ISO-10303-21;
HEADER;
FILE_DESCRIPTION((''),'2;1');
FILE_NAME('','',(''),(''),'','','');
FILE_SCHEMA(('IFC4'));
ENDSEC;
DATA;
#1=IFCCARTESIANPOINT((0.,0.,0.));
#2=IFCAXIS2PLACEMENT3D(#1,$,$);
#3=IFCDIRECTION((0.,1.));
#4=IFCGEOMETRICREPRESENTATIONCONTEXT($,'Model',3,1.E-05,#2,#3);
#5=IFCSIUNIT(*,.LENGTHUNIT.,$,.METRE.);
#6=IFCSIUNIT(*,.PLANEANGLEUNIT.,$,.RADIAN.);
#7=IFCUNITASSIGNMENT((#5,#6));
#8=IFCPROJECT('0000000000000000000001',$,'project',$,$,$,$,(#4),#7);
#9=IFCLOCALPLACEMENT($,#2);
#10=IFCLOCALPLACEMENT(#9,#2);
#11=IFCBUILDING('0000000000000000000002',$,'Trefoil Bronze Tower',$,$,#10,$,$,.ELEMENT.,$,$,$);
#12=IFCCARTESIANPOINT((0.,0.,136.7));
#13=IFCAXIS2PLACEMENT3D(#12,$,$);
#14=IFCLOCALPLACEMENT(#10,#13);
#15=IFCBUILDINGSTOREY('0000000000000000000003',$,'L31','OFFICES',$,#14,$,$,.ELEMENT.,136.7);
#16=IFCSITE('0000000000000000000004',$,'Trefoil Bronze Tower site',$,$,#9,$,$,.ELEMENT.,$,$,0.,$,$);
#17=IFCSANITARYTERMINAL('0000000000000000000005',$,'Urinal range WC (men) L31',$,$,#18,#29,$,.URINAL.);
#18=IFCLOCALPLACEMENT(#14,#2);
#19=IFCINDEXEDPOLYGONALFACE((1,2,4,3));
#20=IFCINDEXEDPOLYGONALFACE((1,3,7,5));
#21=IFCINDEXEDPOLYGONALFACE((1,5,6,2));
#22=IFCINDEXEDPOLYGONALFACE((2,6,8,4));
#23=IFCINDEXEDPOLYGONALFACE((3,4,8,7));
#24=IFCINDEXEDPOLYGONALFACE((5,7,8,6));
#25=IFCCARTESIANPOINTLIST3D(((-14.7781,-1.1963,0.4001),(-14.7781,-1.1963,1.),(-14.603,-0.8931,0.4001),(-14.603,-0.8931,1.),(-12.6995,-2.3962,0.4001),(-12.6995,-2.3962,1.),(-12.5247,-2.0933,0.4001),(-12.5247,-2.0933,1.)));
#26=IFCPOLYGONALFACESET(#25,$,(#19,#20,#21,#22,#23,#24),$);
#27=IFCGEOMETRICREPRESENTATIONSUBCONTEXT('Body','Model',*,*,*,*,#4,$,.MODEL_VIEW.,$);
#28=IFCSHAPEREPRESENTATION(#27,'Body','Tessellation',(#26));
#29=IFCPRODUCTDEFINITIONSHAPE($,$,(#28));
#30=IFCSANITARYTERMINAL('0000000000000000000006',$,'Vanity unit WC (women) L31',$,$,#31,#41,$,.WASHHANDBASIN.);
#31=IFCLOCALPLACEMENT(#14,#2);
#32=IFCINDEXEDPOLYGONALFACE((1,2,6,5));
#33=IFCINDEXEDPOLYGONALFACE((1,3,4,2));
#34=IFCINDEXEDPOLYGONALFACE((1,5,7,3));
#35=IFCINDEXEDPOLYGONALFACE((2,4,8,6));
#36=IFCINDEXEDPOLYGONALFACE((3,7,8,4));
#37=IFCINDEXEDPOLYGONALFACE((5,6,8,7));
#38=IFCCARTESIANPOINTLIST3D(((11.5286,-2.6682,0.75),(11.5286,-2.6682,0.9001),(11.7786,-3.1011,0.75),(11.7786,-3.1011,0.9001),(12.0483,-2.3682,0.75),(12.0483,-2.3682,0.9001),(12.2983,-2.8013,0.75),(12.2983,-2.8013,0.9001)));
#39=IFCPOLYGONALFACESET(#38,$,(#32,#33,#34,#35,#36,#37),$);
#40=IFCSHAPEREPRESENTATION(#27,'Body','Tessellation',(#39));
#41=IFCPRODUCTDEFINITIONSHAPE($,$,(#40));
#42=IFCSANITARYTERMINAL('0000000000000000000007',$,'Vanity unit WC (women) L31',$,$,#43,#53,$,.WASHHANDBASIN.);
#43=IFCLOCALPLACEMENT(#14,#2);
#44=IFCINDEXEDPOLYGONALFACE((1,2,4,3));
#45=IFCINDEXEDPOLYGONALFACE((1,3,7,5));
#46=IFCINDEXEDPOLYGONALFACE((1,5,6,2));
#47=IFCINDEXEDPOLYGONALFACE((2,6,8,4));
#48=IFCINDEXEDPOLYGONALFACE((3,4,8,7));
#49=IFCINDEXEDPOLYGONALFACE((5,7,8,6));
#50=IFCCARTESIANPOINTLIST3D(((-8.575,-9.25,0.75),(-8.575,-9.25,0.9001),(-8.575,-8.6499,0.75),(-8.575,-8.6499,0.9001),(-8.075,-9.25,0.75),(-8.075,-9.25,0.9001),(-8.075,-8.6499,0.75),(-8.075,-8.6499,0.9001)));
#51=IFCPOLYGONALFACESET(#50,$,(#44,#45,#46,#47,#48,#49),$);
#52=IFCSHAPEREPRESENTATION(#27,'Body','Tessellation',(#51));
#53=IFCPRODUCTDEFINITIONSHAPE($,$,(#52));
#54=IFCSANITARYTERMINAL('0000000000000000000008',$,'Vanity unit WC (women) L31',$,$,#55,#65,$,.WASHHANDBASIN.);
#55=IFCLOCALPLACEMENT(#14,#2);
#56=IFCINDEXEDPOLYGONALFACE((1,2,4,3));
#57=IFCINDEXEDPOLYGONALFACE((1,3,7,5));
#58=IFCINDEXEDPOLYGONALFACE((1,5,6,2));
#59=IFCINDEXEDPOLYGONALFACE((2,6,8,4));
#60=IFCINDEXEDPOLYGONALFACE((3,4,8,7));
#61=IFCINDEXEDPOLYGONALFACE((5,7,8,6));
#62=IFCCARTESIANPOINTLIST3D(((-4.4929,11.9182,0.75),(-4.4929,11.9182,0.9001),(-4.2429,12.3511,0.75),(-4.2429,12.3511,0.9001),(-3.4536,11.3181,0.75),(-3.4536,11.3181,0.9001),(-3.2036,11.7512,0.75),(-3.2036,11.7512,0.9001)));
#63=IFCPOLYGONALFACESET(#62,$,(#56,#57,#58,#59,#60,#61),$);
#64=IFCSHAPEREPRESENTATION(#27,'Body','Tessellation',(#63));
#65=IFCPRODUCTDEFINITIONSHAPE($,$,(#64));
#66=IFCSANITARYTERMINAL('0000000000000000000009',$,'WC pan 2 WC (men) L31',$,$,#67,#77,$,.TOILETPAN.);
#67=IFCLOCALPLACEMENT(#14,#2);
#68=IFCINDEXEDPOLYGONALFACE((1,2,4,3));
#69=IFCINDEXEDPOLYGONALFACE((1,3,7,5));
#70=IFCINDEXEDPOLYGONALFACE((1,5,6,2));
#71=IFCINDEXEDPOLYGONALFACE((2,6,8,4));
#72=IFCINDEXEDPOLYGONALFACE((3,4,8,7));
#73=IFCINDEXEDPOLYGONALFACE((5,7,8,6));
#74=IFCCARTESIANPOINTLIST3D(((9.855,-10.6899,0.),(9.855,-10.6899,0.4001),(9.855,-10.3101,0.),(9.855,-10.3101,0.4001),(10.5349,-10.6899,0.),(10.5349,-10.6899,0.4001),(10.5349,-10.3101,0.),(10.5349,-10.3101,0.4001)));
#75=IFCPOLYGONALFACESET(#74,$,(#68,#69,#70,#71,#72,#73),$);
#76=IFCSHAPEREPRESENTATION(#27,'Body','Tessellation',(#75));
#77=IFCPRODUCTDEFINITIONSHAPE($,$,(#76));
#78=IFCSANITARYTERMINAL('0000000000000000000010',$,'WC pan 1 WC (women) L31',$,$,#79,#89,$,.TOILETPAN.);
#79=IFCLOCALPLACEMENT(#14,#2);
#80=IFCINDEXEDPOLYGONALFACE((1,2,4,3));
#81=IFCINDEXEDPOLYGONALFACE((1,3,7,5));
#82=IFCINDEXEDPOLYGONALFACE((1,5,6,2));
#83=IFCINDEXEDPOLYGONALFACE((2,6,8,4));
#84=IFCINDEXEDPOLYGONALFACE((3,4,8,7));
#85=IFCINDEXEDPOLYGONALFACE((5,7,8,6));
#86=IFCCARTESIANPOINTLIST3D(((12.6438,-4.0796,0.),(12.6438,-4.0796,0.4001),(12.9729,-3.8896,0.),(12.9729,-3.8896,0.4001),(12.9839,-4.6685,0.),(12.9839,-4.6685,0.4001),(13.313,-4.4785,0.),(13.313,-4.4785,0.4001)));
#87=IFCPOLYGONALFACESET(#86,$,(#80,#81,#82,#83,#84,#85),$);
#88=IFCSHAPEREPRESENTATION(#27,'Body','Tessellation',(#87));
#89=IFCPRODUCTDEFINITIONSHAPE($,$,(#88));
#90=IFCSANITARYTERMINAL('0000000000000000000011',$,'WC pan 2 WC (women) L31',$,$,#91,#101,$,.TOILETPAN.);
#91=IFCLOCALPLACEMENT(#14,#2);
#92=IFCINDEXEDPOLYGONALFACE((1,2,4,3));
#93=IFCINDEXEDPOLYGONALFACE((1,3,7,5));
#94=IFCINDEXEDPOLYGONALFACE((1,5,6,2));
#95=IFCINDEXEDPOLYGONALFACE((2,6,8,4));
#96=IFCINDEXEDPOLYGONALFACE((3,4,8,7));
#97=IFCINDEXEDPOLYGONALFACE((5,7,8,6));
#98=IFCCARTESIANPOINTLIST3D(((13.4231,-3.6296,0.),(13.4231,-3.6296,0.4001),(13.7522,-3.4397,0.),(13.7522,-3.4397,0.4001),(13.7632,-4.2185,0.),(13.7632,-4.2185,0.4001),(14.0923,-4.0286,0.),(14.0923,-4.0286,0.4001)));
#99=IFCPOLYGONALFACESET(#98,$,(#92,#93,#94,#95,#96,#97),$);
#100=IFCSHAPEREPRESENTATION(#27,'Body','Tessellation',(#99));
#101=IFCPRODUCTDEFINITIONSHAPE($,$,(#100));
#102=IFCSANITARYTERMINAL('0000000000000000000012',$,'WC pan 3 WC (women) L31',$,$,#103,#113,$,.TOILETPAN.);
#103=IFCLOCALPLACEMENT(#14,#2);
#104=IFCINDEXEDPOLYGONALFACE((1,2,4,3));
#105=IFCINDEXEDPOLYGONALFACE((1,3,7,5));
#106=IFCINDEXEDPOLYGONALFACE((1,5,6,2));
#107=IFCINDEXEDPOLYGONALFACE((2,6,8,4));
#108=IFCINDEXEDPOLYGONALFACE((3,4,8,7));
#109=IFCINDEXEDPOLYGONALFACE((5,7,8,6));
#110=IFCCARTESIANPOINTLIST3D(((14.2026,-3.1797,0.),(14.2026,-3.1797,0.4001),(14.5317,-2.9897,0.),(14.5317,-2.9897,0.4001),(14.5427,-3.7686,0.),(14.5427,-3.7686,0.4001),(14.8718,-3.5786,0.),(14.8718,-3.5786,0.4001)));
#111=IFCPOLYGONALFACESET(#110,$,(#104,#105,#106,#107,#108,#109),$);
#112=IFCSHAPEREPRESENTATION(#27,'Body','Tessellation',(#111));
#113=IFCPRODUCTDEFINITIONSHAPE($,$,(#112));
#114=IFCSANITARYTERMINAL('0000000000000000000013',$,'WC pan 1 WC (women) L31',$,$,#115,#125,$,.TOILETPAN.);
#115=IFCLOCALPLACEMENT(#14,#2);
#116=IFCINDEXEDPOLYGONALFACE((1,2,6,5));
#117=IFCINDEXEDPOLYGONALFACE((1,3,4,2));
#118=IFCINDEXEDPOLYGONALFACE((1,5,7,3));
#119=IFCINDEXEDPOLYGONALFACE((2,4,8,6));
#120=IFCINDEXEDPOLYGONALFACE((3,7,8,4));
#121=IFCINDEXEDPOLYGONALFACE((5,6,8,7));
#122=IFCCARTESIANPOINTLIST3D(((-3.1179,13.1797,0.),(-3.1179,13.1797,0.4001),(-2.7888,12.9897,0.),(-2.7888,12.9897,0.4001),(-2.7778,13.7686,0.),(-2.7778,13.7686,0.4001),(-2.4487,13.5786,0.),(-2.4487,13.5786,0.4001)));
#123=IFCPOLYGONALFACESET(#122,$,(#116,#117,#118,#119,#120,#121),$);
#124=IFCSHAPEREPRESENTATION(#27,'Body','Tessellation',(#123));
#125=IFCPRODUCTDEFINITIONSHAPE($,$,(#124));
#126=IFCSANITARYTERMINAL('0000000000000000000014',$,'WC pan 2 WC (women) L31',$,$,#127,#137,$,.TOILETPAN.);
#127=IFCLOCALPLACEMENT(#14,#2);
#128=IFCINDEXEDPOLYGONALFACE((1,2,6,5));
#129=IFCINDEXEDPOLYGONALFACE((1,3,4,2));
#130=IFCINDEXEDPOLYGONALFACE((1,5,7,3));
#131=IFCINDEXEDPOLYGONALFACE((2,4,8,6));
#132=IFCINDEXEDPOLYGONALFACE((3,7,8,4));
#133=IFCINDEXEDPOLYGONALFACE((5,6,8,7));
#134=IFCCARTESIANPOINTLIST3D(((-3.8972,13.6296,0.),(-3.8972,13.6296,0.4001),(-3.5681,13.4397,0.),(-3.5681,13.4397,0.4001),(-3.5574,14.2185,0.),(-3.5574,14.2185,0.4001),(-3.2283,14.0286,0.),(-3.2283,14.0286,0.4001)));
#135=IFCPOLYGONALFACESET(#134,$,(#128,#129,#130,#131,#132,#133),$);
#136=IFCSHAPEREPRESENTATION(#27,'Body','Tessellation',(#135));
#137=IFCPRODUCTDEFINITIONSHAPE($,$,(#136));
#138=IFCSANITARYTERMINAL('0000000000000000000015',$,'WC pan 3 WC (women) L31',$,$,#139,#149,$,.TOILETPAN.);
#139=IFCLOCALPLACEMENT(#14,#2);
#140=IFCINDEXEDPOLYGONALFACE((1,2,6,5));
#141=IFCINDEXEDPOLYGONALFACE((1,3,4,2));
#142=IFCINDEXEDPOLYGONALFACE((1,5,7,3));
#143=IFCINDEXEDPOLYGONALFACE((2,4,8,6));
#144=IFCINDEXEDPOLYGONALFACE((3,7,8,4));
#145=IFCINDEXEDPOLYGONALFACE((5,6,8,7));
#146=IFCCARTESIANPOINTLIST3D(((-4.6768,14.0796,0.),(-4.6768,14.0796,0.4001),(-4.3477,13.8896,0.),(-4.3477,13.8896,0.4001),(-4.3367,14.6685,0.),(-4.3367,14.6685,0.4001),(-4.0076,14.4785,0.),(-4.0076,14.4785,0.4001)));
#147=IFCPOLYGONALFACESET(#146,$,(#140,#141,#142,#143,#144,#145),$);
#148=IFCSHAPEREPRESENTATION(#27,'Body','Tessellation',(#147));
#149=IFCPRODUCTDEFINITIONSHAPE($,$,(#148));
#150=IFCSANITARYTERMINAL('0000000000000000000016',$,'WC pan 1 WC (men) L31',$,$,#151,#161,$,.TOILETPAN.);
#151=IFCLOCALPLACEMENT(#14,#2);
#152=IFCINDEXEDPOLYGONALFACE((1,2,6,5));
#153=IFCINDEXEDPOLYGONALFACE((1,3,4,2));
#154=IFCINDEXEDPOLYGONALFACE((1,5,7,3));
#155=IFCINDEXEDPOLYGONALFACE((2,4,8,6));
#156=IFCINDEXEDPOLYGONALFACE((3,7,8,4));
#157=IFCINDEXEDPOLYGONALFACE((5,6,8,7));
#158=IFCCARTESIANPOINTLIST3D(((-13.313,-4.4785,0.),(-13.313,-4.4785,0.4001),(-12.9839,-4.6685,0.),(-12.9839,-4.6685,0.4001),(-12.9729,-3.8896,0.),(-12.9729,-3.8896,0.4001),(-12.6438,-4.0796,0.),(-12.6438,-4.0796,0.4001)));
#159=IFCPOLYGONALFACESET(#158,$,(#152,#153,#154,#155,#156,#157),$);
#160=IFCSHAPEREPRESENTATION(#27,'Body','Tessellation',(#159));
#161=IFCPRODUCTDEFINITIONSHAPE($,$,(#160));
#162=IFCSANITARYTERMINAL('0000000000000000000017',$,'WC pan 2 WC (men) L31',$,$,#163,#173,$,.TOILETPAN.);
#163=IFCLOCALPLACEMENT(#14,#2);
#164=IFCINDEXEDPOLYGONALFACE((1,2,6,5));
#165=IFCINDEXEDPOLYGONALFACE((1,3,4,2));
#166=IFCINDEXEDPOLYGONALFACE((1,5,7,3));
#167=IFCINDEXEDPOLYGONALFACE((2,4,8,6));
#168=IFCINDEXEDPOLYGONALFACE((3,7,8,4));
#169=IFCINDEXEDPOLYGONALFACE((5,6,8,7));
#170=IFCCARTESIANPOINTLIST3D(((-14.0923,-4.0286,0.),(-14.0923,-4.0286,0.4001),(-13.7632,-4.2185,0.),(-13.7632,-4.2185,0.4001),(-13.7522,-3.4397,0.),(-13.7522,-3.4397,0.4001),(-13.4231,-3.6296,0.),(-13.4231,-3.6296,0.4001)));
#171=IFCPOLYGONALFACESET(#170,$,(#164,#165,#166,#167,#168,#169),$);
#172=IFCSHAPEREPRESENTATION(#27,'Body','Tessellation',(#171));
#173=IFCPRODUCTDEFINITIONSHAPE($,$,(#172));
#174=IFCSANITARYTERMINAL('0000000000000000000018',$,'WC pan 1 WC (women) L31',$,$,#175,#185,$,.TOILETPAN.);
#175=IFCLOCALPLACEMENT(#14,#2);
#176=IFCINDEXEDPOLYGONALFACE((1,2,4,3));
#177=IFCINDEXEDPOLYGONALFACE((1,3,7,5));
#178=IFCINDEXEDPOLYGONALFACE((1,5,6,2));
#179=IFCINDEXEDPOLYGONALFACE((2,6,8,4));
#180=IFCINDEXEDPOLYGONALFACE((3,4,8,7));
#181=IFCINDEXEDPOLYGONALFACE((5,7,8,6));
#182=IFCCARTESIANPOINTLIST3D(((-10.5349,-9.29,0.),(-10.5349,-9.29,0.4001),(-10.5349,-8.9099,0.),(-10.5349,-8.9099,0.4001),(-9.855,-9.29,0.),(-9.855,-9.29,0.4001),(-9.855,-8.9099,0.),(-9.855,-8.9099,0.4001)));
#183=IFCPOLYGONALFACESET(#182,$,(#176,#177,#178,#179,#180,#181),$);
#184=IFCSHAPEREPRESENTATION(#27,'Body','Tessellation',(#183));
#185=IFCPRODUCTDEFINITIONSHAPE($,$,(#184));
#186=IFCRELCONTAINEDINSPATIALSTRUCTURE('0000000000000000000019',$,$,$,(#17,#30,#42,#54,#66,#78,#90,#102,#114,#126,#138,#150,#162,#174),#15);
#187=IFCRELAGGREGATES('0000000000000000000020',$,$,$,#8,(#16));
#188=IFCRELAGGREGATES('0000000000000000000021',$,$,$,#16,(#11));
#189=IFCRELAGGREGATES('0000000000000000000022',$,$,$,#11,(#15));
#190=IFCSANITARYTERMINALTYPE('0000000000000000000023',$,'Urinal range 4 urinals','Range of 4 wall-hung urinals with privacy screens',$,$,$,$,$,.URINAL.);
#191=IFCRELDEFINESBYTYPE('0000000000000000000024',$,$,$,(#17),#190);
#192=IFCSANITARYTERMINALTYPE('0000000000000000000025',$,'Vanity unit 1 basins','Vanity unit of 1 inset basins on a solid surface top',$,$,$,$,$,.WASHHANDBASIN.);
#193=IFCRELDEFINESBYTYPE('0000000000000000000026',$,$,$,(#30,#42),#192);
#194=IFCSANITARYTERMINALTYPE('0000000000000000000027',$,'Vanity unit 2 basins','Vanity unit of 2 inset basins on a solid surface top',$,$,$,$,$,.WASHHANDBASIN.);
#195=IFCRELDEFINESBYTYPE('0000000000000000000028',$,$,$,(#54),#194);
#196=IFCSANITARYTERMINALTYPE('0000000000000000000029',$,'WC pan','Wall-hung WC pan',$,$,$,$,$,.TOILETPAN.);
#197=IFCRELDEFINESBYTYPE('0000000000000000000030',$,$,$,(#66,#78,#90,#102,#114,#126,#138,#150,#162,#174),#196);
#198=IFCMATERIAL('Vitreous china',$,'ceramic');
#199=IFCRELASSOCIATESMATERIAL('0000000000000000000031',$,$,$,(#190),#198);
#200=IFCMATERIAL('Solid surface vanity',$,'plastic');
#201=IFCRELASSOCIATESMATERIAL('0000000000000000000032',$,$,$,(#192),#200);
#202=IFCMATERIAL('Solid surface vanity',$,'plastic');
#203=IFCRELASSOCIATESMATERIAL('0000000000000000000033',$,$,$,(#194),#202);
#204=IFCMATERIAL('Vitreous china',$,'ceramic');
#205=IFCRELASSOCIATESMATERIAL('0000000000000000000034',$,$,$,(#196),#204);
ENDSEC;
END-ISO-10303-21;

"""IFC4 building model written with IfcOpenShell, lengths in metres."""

from ifc_helpers import new_model, si_unit, direction, frame, origin, place, context, subcontext, project, spatial, polyline, outline, extrude, material, type_object, element, save


model = new_model("IFC4")

# Units and contexts
model_context = context("Model", 3, precision=1e-05, world=origin(), true_north=direction((0.0, 1.0)))
body_context = subcontext(model_context, "Body", "Model", "MODEL_VIEW")
ifc_project = project(units=[si_unit("LENGTHUNIT", "METRE"), si_unit("PLANEANGLEUNIT", "RADIAN")], contexts=[model_context])

# Site, building, storey
site_placement = place(None, origin())
site = spatial("IfcSite", under=ifc_project, at=site_placement, Name="Trefoil Bronze Tower site", CompositionType="ELEMENT", RefElevation=0.0)
building_placement = place(site_placement, origin())
building = spatial("IfcBuilding", under=site, at=building_placement, Name="Trefoil Bronze Tower", CompositionType="ELEMENT")
storey_placement = place(building_placement, frame((0.0, 0.0, 136.7)))
storey = spatial("IfcBuildingStorey", under=building, at=storey_placement, Name="L31", Description="OFFICES", CompositionType="ELEMENT", Elevation=136.7)

# Sanitary terminals
ifc_material_1 = material(Name="Vitreous china", Category="ceramic")
sanitary_terminal_type_1 = type_object("IfcSanitaryTerminalType", Name="Urinal range 4 urinals", Description="Range of 4 wall-hung urinals with privacy screens", PredefinedType="URINAL", material=ifc_material_1)
sanitary_terminal_1_placement = place(storey_placement, frame((0.0, 0.0, 0.4001)))
element("IfcSanitaryTerminal", 1, at=sanitary_terminal_1_placement, inside=storey, type_object=sanitary_terminal_type_1, Name="Urinal range WC (men) L31", PredefinedType="URINAL", context=body_context, shape_type="SweptSolid", body=[
    extrude(outline(polyline([(-12.5247, -2.0933), (-12.6995, -2.3962), (-14.7781, -1.1963), (-14.603, -0.8931), (-12.5247, -2.0933)])), origin(), (0.0, 0.0, 1.0), 0.5999),
])
ifc_material_2 = material(Name="Solid surface vanity", Category="plastic")
sanitary_terminal_type_2 = type_object("IfcSanitaryTerminalType", Name="Vanity unit 1 basins", Description="Vanity unit of 1 inset basins on a solid surface top", PredefinedType="WASHHANDBASIN", material=ifc_material_2)
sanitary_terminal_2_placement = place(storey_placement, frame((0.0, 0.0, 0.75)))
element("IfcSanitaryTerminal", 2, at=sanitary_terminal_2_placement, inside=storey, type_object=sanitary_terminal_type_2, Name="Vanity unit WC (women) L31", PredefinedType="WASHHANDBASIN", context=body_context, shape_type="SweptSolid", body=[
    extrude(outline(polyline([(11.5286, -2.6682), (11.7786, -3.1011), (12.2983, -2.8013), (12.0483, -2.3682), (11.5286, -2.6682)])), origin(), (0.0, 0.0, 1.0), 0.1501),
])
sanitary_terminal_3_placement = place(storey_placement, frame((0.0, 0.0, 0.75)))
element("IfcSanitaryTerminal", 3, at=sanitary_terminal_3_placement, inside=storey, type_object=sanitary_terminal_type_2, Name="Vanity unit WC (women) L31", PredefinedType="WASHHANDBASIN", context=body_context, shape_type="SweptSolid", body=[
    extrude(outline(polyline([(-8.075, -8.6499), (-8.575, -8.6499), (-8.575, -9.25), (-8.075, -9.25), (-8.075, -8.6499)])), origin(), (0.0, 0.0, 1.0), 0.1501),
])
ifc_material_3 = material(Name="Solid surface vanity", Category="plastic")
sanitary_terminal_type_3 = type_object("IfcSanitaryTerminalType", Name="Vanity unit 2 basins", Description="Vanity unit of 2 inset basins on a solid surface top", PredefinedType="WASHHANDBASIN", material=ifc_material_3)
sanitary_terminal_4_placement = place(storey_placement, frame((0.0, 0.0, 0.75)))
element("IfcSanitaryTerminal", 4, at=sanitary_terminal_4_placement, inside=storey, type_object=sanitary_terminal_type_3, Name="Vanity unit WC (women) L31", PredefinedType="WASHHANDBASIN", context=body_context, shape_type="SweptSolid", body=[
    extrude(outline(polyline([(-3.4536, 11.3181), (-3.2036, 11.7512), (-4.2429, 12.3511), (-4.4929, 11.9182), (-3.4536, 11.3181)])), origin(), (0.0, 0.0, 1.0), 0.1501),
])
ifc_material_4 = material(Name="Vitreous china", Category="ceramic")
sanitary_terminal_type_4 = type_object("IfcSanitaryTerminalType", Name="WC pan", Description="Wall-hung WC pan", PredefinedType="TOILETPAN", material=ifc_material_4)
sanitary_terminal_5_placement = place(storey_placement, origin())
element("IfcSanitaryTerminal", 5, at=sanitary_terminal_5_placement, inside=storey, type_object=sanitary_terminal_type_4, Name="WC pan 2 WC (men) L31", PredefinedType="TOILETPAN", context=body_context, shape_type="SweptSolid", body=[
    extrude(outline(polyline([(9.855, -10.3101), (10.5349, -10.3101), (10.5349, -10.6899), (9.855, -10.6899), (9.855, -10.3101)])), origin(), (0.0, 0.0, 1.0), 0.4001),
])
sanitary_terminal_6_placement = place(storey_placement, origin())
element("IfcSanitaryTerminal", 6, at=sanitary_terminal_6_placement, inside=storey, type_object=sanitary_terminal_type_4, Name="WC pan 1 WC (women) L31", PredefinedType="TOILETPAN", context=body_context, shape_type="SweptSolid", body=[
    extrude(outline(polyline([(12.6438, -4.0796), (12.9839, -4.6685), (13.313, -4.4785), (12.9729, -3.8896), (12.6438, -4.0796)])), origin(), (0.0, 0.0, 1.0), 0.4001),
])
sanitary_terminal_7_placement = place(storey_placement, origin())
element("IfcSanitaryTerminal", 7, at=sanitary_terminal_7_placement, inside=storey, type_object=sanitary_terminal_type_4, Name="WC pan 2 WC (women) L31", PredefinedType="TOILETPAN", context=body_context, shape_type="SweptSolid", body=[
    extrude(outline(polyline([(13.4231, -3.6296), (13.7632, -4.2185), (14.0923, -4.0286), (13.7522, -3.4397), (13.4231, -3.6296)])), origin(), (0.0, 0.0, 1.0), 0.4001),
])
sanitary_terminal_8_placement = place(storey_placement, origin())
element("IfcSanitaryTerminal", 8, at=sanitary_terminal_8_placement, inside=storey, type_object=sanitary_terminal_type_4, Name="WC pan 3 WC (women) L31", PredefinedType="TOILETPAN", context=body_context, shape_type="SweptSolid", body=[
    extrude(outline(polyline([(14.2026, -3.1797), (14.5427, -3.7686), (14.8718, -3.5786), (14.5317, -2.9897), (14.2026, -3.1797)])), origin(), (0.0, 0.0, 1.0), 0.4001),
])
sanitary_terminal_9_placement = place(storey_placement, origin())
element("IfcSanitaryTerminal", 9, at=sanitary_terminal_9_placement, inside=storey, type_object=sanitary_terminal_type_4, Name="WC pan 1 WC (women) L31", PredefinedType="TOILETPAN", context=body_context, shape_type="SweptSolid", body=[
    extrude(outline(polyline([(-2.7888, 12.9897), (-2.4487, 13.5786), (-2.7778, 13.7686), (-3.1179, 13.1797), (-2.7888, 12.9897)])), origin(), (0.0, 0.0, 1.0), 0.4001),
])
sanitary_terminal_10_placement = place(storey_placement, origin())
element("IfcSanitaryTerminal", 10, at=sanitary_terminal_10_placement, inside=storey, type_object=sanitary_terminal_type_4, Name="WC pan 2 WC (women) L31", PredefinedType="TOILETPAN", context=body_context, shape_type="SweptSolid", body=[
    extrude(outline(polyline([(-3.5681, 13.4397), (-3.2283, 14.0286), (-3.5574, 14.2185), (-3.8972, 13.6296), (-3.5681, 13.4397)])), origin(), (0.0, 0.0, 1.0), 0.4001),
])
sanitary_terminal_11_placement = place(storey_placement, origin())
element("IfcSanitaryTerminal", 11, at=sanitary_terminal_11_placement, inside=storey, type_object=sanitary_terminal_type_4, Name="WC pan 3 WC (women) L31", PredefinedType="TOILETPAN", context=body_context, shape_type="SweptSolid", body=[
    extrude(outline(polyline([(-4.3477, 13.8896), (-4.0076, 14.4785), (-4.3367, 14.6685), (-4.6768, 14.0796), (-4.3477, 13.8896)])), origin(), (0.0, 0.0, 1.0), 0.4001),
])
sanitary_terminal_12_placement = place(storey_placement, origin())
element("IfcSanitaryTerminal", 12, at=sanitary_terminal_12_placement, inside=storey, type_object=sanitary_terminal_type_4, Name="WC pan 1 WC (men) L31", PredefinedType="TOILETPAN", context=body_context, shape_type="SweptSolid", body=[
    extrude(outline(polyline([(-12.6438, -4.0796), (-12.9839, -4.6685), (-13.313, -4.4785), (-12.9729, -3.8896), (-12.6438, -4.0796)])), origin(), (0.0, 0.0, 1.0), 0.4001),
])
sanitary_terminal_13_placement = place(storey_placement, origin())
element("IfcSanitaryTerminal", 13, at=sanitary_terminal_13_placement, inside=storey, type_object=sanitary_terminal_type_4, Name="WC pan 2 WC (men) L31", PredefinedType="TOILETPAN", context=body_context, shape_type="SweptSolid", body=[
    extrude(outline(polyline([(-13.4231, -3.6296), (-13.7632, -4.2185), (-14.0923, -4.0286), (-13.7522, -3.4397), (-13.4231, -3.6296)])), origin(), (0.0, 0.0, 1.0), 0.4001),
])
sanitary_terminal_14_placement = place(storey_placement, origin())
element("IfcSanitaryTerminal", 14, at=sanitary_terminal_14_placement, inside=storey, type_object=sanitary_terminal_type_4, Name="WC pan 1 WC (women) L31", PredefinedType="TOILETPAN", context=body_context, shape_type="SweptSolid", body=[
    extrude(outline(polyline([(-9.855, -8.9099), (-10.5349, -8.9099), (-10.5349, -9.29), (-9.855, -9.29), (-9.855, -8.9099)])), origin(), (0.0, 0.0, 1.0), 0.4001),
])

save(model, "model.ifc")
